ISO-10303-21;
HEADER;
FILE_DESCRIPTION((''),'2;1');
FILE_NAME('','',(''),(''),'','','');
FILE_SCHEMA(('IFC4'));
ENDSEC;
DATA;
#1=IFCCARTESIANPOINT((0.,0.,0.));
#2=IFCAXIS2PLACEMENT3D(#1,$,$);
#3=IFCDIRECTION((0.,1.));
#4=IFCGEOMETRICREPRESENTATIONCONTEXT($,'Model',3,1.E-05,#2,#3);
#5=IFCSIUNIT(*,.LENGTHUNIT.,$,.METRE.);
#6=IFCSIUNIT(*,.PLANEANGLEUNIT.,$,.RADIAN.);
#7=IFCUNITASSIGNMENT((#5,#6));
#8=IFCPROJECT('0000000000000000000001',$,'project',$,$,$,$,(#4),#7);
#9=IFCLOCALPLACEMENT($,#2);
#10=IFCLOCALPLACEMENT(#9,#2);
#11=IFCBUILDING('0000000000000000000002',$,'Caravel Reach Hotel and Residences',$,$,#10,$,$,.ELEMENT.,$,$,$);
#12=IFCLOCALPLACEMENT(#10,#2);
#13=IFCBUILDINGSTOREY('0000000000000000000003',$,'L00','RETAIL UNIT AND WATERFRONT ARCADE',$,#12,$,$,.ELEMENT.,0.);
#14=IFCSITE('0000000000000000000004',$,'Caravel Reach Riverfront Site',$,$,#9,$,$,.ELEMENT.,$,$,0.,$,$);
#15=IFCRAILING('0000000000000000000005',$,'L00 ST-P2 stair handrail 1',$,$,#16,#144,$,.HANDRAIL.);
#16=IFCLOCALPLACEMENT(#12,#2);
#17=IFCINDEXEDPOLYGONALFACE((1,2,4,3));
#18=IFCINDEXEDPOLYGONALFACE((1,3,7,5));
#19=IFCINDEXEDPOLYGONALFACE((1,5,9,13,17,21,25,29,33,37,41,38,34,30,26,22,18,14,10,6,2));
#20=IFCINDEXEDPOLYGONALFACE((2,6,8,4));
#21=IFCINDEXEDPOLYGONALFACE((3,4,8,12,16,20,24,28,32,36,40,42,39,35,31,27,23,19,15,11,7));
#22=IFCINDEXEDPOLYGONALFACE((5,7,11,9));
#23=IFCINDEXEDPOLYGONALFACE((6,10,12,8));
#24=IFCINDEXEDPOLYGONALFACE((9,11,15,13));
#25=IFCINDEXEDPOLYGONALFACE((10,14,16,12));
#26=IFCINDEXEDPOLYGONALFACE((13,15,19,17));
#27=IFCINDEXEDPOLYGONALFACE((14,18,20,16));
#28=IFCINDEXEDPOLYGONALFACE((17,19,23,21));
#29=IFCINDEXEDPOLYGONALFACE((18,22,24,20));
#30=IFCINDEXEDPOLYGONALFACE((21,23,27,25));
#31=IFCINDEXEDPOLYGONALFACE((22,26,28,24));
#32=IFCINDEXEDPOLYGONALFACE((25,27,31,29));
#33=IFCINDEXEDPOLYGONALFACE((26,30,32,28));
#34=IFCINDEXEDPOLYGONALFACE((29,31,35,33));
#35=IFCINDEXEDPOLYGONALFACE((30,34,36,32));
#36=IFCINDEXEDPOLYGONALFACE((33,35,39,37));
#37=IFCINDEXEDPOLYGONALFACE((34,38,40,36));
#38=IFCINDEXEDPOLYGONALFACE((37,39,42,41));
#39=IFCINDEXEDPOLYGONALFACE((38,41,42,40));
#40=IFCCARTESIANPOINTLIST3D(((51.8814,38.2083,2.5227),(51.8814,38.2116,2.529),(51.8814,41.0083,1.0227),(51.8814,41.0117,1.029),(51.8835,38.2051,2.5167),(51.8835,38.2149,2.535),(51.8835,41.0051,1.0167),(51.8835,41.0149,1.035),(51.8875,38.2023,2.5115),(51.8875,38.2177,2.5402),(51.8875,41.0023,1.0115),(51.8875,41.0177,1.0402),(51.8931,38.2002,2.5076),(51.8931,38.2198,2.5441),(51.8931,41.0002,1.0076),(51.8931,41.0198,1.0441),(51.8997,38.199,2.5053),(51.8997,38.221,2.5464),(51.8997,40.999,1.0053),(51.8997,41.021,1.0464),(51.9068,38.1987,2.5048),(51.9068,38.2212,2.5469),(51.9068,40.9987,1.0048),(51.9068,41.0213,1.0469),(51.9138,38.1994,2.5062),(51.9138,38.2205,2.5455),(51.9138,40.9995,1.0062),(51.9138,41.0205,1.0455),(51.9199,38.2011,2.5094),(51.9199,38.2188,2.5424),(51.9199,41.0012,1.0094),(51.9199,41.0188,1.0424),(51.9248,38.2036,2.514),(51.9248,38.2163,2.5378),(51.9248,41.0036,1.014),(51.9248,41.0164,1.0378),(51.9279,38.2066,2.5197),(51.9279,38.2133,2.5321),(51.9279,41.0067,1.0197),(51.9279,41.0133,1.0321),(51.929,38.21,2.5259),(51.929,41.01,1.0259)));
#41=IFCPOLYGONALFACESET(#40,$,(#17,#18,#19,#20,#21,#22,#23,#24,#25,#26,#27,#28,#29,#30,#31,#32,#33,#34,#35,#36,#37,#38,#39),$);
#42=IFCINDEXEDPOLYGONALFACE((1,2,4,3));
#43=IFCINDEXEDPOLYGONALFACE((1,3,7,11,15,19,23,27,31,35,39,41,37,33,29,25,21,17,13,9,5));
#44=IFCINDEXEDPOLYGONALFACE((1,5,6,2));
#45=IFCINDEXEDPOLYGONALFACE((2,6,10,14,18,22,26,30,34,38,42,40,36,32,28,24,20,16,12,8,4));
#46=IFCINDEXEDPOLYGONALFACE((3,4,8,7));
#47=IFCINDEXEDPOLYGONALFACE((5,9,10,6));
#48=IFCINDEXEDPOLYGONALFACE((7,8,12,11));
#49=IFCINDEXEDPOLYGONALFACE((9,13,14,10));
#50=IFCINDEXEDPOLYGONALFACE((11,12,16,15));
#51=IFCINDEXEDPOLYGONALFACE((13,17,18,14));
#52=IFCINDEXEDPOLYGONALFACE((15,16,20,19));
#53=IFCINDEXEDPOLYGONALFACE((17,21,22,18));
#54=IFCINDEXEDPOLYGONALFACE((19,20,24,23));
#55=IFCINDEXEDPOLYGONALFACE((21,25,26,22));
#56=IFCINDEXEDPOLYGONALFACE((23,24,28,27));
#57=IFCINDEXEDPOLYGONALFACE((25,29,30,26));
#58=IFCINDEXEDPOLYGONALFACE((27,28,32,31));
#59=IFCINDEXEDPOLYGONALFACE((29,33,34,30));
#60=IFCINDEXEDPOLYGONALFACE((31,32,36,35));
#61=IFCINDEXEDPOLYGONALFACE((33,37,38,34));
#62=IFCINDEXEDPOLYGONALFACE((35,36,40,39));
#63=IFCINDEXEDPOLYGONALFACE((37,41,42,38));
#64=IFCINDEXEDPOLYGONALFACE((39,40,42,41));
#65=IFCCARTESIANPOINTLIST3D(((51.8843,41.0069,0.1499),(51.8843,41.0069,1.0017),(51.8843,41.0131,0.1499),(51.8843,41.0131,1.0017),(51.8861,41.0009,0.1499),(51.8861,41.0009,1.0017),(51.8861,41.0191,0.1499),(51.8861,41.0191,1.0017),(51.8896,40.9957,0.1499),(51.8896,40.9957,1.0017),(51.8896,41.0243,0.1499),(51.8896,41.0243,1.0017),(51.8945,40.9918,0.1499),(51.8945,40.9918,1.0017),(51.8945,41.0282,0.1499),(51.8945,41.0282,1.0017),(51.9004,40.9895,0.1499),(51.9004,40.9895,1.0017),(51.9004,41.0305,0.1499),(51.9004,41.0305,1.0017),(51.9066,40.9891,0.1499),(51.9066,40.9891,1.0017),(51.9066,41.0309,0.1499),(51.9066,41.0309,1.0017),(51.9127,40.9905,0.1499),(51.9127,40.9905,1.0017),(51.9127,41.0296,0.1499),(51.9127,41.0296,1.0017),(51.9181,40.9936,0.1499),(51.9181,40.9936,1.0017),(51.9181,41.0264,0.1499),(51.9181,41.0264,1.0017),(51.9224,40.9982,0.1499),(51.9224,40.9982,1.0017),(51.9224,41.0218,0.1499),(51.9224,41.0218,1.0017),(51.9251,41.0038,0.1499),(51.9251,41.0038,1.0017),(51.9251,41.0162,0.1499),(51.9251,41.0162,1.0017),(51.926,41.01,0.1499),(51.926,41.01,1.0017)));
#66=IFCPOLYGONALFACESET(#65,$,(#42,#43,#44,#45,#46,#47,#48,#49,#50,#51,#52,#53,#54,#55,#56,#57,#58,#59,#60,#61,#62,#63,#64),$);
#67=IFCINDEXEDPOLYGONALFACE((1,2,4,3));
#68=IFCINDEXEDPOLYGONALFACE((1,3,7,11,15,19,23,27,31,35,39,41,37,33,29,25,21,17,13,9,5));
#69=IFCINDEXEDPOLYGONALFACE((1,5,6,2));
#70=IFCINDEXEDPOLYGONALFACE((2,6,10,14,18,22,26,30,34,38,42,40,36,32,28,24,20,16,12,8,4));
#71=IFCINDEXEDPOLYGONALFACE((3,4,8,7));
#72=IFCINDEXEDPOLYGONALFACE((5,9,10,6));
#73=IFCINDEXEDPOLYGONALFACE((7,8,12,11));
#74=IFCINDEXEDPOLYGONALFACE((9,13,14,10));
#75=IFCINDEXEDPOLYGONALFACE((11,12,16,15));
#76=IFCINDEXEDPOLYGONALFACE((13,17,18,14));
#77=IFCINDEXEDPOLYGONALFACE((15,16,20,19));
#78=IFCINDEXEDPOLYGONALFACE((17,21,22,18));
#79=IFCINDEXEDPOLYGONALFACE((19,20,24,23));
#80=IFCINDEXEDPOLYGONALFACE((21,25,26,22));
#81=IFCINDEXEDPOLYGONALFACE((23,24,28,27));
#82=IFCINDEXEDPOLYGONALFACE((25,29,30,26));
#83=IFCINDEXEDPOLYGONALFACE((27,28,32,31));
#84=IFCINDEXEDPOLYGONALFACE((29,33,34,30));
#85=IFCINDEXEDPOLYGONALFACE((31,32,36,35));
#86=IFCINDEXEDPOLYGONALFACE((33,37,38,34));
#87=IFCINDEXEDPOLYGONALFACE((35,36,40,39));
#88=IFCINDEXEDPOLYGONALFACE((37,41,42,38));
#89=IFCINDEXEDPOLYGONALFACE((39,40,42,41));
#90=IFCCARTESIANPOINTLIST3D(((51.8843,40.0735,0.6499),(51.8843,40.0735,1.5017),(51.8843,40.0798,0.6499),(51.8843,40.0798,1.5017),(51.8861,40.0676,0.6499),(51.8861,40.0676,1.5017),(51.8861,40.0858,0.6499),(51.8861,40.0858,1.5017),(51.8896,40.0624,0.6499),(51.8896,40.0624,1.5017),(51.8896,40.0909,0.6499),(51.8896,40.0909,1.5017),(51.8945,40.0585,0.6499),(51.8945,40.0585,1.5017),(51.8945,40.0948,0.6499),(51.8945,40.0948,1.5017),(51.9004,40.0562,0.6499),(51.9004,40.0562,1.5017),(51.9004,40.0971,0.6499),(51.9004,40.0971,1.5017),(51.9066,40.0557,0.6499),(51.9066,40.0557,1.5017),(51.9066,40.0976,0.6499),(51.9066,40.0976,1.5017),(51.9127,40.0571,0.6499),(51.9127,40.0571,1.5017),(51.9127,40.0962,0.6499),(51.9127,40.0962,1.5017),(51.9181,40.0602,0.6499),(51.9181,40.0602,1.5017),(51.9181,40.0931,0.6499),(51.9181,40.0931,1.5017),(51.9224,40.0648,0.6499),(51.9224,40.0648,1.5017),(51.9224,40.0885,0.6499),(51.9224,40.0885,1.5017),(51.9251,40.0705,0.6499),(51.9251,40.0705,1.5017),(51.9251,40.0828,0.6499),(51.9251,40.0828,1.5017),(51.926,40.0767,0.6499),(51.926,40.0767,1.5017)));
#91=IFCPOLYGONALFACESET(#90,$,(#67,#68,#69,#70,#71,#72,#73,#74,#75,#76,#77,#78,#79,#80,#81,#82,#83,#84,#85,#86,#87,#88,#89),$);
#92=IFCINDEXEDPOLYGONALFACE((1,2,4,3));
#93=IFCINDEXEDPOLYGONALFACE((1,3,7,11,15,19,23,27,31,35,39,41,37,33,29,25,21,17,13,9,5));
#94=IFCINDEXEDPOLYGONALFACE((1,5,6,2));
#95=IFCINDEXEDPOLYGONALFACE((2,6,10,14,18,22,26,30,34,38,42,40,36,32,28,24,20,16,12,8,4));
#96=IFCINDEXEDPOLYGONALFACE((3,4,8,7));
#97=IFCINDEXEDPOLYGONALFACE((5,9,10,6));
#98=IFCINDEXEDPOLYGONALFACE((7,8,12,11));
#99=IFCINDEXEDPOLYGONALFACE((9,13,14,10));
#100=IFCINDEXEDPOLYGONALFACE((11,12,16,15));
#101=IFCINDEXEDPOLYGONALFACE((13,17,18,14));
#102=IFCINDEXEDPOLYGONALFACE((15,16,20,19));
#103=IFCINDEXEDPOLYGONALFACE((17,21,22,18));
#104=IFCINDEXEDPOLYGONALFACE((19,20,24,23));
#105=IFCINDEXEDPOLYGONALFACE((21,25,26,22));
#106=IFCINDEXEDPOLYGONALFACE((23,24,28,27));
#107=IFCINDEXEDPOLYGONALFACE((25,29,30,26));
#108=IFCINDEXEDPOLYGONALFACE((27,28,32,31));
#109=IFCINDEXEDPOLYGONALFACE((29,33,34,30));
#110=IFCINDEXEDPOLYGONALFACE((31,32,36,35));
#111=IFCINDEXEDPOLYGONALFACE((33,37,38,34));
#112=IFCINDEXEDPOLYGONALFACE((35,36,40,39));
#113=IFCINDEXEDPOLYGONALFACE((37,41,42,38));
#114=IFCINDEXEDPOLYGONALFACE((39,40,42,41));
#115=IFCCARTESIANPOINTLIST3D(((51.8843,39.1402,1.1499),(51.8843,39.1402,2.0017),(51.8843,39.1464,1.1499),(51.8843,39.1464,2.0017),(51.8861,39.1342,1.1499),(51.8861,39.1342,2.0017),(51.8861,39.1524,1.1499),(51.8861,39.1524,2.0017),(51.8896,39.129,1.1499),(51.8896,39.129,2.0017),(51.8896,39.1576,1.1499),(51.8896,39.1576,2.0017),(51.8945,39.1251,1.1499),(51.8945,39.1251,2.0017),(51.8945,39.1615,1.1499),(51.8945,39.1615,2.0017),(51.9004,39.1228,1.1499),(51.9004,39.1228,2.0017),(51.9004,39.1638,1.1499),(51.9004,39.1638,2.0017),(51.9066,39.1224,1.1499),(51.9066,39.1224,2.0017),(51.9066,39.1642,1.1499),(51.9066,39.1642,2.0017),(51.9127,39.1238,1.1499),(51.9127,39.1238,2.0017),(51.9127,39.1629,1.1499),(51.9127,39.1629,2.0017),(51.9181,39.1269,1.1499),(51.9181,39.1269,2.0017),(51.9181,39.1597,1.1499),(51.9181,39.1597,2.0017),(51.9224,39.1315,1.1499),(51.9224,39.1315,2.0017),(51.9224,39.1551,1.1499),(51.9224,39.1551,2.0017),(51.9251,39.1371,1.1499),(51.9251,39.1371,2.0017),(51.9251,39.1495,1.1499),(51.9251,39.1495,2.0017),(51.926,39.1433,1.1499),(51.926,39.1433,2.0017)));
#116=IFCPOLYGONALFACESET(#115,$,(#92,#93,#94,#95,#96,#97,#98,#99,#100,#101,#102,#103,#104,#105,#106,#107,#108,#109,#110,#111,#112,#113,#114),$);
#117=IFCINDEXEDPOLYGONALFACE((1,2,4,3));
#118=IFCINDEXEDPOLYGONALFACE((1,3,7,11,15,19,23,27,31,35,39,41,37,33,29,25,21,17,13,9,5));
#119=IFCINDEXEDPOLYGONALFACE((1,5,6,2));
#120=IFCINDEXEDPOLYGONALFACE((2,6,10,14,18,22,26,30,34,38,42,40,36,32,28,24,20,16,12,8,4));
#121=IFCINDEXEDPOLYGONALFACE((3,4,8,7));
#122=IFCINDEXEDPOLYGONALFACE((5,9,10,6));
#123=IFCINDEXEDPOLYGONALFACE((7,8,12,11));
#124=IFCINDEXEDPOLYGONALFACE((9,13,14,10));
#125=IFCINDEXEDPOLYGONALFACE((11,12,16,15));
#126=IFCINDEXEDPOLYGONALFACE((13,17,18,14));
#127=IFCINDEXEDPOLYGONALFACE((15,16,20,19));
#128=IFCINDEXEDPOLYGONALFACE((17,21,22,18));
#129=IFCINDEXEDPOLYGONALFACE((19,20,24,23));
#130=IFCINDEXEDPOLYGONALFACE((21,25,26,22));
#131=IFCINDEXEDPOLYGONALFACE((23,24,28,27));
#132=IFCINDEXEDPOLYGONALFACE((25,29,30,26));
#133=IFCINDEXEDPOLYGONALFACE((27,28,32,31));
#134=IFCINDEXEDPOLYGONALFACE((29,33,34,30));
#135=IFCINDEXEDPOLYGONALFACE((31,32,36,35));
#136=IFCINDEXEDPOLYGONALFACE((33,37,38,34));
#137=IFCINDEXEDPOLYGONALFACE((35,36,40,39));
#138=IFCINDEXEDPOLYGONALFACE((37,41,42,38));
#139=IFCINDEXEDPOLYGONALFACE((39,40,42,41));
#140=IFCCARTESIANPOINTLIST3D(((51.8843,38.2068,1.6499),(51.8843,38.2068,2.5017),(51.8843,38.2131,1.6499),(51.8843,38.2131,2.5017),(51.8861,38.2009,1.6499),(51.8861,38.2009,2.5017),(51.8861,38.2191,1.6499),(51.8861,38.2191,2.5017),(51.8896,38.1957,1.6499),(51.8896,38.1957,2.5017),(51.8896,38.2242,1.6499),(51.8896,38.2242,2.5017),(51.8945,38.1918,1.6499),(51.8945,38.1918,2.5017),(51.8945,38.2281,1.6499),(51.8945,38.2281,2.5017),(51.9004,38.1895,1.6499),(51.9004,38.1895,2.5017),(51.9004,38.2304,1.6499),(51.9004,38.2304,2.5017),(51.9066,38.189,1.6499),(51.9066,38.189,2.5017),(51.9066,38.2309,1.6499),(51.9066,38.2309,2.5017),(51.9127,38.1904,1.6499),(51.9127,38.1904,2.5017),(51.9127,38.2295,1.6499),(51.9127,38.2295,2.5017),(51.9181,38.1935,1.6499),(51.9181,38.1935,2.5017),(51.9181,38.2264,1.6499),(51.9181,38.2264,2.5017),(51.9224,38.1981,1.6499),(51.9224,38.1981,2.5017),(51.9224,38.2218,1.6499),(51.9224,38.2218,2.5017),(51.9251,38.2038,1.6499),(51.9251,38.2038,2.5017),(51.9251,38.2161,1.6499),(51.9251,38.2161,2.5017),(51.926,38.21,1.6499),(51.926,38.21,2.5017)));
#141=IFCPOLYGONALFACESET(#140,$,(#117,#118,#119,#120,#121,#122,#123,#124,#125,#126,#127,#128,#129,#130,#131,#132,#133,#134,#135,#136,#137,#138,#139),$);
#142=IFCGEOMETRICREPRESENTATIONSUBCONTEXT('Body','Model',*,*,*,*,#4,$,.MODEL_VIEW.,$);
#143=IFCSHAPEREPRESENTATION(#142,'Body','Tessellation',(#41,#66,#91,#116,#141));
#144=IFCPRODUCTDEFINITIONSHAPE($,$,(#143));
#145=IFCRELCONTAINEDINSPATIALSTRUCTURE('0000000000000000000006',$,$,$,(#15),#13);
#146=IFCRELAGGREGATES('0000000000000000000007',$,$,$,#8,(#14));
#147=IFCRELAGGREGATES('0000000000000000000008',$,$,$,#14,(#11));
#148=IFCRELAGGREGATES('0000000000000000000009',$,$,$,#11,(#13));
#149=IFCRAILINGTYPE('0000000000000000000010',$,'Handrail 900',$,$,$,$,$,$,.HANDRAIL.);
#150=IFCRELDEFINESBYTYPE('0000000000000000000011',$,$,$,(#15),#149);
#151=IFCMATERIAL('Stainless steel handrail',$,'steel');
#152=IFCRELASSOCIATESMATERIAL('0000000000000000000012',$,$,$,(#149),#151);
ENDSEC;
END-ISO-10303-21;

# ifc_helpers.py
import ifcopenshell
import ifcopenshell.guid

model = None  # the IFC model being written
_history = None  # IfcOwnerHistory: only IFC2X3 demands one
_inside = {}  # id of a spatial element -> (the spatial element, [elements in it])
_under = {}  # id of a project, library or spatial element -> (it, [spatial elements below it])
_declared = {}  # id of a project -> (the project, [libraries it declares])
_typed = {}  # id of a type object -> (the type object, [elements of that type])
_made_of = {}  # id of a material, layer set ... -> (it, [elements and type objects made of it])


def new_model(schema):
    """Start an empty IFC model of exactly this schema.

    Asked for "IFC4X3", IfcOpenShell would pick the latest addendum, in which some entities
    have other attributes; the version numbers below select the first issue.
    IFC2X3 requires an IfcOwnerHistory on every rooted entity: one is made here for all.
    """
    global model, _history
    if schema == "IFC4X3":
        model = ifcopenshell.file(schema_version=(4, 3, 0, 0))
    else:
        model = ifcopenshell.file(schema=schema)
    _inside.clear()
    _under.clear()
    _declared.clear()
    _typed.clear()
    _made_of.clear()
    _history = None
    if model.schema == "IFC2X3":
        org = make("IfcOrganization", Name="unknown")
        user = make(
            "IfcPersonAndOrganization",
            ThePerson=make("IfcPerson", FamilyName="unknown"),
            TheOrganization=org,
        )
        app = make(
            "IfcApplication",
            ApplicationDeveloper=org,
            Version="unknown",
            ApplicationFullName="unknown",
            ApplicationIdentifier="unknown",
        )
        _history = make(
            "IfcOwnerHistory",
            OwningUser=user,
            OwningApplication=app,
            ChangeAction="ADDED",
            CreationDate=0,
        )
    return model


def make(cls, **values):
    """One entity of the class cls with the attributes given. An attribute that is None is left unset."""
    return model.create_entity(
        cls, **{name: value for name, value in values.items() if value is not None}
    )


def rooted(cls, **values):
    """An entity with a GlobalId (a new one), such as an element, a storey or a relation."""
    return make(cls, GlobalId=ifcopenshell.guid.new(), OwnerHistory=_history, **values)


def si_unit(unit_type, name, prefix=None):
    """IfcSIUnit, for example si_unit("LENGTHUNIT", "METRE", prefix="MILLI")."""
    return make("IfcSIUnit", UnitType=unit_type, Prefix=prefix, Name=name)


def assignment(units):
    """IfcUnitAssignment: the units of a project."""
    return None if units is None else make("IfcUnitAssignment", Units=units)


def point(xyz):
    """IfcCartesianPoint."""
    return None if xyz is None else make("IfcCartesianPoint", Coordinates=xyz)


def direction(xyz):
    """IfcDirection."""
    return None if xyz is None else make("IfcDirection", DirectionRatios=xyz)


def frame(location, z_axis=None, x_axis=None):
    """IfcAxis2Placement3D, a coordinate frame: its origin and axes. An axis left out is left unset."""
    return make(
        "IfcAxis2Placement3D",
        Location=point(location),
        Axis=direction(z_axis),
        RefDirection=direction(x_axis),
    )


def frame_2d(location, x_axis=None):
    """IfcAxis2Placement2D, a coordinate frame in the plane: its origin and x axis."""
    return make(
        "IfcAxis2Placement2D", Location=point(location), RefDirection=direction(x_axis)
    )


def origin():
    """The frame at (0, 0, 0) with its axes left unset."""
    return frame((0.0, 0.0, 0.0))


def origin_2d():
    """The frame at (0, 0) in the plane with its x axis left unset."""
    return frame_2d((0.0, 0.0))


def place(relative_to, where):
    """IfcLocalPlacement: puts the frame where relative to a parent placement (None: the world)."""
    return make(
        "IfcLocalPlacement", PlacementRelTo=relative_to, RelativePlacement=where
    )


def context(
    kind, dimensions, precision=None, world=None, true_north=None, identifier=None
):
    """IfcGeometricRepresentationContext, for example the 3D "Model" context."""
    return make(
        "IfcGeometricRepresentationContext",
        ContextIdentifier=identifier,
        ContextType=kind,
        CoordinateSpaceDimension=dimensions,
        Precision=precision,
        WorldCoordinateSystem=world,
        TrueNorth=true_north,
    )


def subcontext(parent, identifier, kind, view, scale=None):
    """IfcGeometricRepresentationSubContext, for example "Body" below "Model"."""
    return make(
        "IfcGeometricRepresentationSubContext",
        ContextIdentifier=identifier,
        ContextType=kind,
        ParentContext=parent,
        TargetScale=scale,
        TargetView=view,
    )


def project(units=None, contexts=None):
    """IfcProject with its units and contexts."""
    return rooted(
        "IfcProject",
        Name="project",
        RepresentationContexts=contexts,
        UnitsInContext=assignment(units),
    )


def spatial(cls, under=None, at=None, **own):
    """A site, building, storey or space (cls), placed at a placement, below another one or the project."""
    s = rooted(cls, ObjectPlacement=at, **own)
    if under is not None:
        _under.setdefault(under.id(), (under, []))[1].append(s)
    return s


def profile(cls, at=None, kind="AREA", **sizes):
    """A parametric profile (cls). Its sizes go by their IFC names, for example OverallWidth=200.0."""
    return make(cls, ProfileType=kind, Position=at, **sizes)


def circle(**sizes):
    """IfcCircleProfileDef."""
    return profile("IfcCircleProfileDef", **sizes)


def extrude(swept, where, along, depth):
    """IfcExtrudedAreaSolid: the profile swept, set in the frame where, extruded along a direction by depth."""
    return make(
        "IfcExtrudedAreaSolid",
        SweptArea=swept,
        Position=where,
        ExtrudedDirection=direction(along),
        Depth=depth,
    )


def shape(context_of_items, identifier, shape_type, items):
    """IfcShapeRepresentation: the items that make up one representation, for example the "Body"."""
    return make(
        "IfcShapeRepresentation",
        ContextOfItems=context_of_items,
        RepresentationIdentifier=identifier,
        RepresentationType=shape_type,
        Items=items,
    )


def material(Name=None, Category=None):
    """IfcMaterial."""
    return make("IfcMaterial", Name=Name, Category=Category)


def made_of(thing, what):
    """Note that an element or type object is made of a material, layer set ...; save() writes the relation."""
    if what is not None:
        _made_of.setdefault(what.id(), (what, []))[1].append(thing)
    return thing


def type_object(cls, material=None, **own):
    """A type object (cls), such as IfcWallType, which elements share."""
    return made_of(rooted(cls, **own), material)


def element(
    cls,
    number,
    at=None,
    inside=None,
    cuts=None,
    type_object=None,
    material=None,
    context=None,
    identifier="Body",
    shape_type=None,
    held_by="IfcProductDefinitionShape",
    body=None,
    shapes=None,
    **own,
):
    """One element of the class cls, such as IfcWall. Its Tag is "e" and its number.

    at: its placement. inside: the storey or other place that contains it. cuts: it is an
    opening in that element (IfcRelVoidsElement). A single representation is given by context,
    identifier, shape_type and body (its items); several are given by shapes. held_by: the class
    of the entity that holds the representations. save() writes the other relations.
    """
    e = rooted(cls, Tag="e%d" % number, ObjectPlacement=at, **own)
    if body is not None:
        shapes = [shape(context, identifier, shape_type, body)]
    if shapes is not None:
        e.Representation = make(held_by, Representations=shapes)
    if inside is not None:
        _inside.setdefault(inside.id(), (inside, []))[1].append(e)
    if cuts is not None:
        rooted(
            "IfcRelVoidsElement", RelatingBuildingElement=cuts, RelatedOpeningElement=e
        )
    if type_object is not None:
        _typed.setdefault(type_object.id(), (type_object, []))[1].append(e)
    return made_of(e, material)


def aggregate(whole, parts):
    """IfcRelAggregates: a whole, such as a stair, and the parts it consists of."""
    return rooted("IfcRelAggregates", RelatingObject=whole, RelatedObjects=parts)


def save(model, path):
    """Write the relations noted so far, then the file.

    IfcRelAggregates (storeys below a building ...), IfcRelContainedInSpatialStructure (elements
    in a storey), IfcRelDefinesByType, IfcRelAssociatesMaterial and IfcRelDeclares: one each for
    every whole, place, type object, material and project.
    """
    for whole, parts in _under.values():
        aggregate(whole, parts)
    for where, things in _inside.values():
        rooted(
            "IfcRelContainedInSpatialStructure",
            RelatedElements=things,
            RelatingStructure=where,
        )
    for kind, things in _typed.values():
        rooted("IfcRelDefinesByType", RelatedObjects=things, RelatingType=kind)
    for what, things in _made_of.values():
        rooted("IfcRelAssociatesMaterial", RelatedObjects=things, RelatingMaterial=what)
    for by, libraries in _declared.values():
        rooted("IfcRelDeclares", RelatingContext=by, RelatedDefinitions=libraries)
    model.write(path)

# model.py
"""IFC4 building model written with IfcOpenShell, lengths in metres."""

from ifc_helpers import new_model, si_unit, direction, frame, origin, origin_2d, place, context, subcontext, project, spatial, circle, extrude, material, type_object, element, save


model = new_model("IFC4")

# Units and contexts
model_context = context("Model", 3, precision=1e-05, world=origin(), true_north=direction((0.0, 1.0)))
body_context = subcontext(model_context, "Body", "Model", "MODEL_VIEW")
ifc_project = project(units=[si_unit("LENGTHUNIT", "METRE"), si_unit("PLANEANGLEUNIT", "RADIAN")], contexts=[model_context])

# Site, building, storey
site_placement = place(None, origin())
site = spatial("IfcSite", under=ifc_project, at=site_placement, Name="Caravel Reach Riverfront Site", CompositionType="ELEMENT", RefElevation=0.0)
building_placement = place(site_placement, origin())
building = spatial("IfcBuilding", under=site, at=building_placement, Name="Caravel Reach Hotel and Residences", CompositionType="ELEMENT")
storey_placement = place(building_placement, origin())
storey = spatial("IfcBuildingStorey", under=building, at=storey_placement, Name="L00", Description="RETAIL UNIT AND WATERFRONT ARCADE", CompositionType="ELEMENT", Elevation=0.0)

# Railing
ifc_material_1 = material(Name="Stainless steel handrail", Category="steel")
railing_type_1 = type_object("IfcRailingType", Name="Handrail 900", PredefinedType="HANDRAIL", material=ifc_material_1)
railing_1_placement = place(storey_placement, frame((51.905, 41.01, 0.1499)))
element("IfcRailing", 1, at=railing_1_placement, inside=storey, type_object=railing_type_1, Name="L00 ST-P2 stair handrail 1", PredefinedType="HANDRAIL", context=body_context, shape_type="SweptSolid", body=[
    extrude(circle(Radius=0.0239, at=origin_2d()), frame((0.0, 0.0, 0.876), z_axis=(0.0, -0.881483, 0.472215), x_axis=(1.0, 0.0, 0.0)), (0.0, 0.0, 1.0), 3.1765),
    extrude(circle(Radius=0.021, at=origin_2d()), origin(), (0.0, 0.0, 1.0), 0.8518),
    extrude(circle(Radius=0.021, at=origin_2d()), frame((0.0, -0.9333, 0.5)), (0.0, 0.0, 1.0), 0.8518),
    extrude(circle(Radius=0.021, at=origin_2d()), frame((0.0, -1.8667, 1.0)), (0.0, 0.0, 1.0), 0.8518),
    extrude(circle(Radius=0.021, at=origin_2d()), frame((0.0, -2.8, 1.5)), (0.0, 0.0, 1.0), 0.8518),
])

save(model, "model.ifc")
